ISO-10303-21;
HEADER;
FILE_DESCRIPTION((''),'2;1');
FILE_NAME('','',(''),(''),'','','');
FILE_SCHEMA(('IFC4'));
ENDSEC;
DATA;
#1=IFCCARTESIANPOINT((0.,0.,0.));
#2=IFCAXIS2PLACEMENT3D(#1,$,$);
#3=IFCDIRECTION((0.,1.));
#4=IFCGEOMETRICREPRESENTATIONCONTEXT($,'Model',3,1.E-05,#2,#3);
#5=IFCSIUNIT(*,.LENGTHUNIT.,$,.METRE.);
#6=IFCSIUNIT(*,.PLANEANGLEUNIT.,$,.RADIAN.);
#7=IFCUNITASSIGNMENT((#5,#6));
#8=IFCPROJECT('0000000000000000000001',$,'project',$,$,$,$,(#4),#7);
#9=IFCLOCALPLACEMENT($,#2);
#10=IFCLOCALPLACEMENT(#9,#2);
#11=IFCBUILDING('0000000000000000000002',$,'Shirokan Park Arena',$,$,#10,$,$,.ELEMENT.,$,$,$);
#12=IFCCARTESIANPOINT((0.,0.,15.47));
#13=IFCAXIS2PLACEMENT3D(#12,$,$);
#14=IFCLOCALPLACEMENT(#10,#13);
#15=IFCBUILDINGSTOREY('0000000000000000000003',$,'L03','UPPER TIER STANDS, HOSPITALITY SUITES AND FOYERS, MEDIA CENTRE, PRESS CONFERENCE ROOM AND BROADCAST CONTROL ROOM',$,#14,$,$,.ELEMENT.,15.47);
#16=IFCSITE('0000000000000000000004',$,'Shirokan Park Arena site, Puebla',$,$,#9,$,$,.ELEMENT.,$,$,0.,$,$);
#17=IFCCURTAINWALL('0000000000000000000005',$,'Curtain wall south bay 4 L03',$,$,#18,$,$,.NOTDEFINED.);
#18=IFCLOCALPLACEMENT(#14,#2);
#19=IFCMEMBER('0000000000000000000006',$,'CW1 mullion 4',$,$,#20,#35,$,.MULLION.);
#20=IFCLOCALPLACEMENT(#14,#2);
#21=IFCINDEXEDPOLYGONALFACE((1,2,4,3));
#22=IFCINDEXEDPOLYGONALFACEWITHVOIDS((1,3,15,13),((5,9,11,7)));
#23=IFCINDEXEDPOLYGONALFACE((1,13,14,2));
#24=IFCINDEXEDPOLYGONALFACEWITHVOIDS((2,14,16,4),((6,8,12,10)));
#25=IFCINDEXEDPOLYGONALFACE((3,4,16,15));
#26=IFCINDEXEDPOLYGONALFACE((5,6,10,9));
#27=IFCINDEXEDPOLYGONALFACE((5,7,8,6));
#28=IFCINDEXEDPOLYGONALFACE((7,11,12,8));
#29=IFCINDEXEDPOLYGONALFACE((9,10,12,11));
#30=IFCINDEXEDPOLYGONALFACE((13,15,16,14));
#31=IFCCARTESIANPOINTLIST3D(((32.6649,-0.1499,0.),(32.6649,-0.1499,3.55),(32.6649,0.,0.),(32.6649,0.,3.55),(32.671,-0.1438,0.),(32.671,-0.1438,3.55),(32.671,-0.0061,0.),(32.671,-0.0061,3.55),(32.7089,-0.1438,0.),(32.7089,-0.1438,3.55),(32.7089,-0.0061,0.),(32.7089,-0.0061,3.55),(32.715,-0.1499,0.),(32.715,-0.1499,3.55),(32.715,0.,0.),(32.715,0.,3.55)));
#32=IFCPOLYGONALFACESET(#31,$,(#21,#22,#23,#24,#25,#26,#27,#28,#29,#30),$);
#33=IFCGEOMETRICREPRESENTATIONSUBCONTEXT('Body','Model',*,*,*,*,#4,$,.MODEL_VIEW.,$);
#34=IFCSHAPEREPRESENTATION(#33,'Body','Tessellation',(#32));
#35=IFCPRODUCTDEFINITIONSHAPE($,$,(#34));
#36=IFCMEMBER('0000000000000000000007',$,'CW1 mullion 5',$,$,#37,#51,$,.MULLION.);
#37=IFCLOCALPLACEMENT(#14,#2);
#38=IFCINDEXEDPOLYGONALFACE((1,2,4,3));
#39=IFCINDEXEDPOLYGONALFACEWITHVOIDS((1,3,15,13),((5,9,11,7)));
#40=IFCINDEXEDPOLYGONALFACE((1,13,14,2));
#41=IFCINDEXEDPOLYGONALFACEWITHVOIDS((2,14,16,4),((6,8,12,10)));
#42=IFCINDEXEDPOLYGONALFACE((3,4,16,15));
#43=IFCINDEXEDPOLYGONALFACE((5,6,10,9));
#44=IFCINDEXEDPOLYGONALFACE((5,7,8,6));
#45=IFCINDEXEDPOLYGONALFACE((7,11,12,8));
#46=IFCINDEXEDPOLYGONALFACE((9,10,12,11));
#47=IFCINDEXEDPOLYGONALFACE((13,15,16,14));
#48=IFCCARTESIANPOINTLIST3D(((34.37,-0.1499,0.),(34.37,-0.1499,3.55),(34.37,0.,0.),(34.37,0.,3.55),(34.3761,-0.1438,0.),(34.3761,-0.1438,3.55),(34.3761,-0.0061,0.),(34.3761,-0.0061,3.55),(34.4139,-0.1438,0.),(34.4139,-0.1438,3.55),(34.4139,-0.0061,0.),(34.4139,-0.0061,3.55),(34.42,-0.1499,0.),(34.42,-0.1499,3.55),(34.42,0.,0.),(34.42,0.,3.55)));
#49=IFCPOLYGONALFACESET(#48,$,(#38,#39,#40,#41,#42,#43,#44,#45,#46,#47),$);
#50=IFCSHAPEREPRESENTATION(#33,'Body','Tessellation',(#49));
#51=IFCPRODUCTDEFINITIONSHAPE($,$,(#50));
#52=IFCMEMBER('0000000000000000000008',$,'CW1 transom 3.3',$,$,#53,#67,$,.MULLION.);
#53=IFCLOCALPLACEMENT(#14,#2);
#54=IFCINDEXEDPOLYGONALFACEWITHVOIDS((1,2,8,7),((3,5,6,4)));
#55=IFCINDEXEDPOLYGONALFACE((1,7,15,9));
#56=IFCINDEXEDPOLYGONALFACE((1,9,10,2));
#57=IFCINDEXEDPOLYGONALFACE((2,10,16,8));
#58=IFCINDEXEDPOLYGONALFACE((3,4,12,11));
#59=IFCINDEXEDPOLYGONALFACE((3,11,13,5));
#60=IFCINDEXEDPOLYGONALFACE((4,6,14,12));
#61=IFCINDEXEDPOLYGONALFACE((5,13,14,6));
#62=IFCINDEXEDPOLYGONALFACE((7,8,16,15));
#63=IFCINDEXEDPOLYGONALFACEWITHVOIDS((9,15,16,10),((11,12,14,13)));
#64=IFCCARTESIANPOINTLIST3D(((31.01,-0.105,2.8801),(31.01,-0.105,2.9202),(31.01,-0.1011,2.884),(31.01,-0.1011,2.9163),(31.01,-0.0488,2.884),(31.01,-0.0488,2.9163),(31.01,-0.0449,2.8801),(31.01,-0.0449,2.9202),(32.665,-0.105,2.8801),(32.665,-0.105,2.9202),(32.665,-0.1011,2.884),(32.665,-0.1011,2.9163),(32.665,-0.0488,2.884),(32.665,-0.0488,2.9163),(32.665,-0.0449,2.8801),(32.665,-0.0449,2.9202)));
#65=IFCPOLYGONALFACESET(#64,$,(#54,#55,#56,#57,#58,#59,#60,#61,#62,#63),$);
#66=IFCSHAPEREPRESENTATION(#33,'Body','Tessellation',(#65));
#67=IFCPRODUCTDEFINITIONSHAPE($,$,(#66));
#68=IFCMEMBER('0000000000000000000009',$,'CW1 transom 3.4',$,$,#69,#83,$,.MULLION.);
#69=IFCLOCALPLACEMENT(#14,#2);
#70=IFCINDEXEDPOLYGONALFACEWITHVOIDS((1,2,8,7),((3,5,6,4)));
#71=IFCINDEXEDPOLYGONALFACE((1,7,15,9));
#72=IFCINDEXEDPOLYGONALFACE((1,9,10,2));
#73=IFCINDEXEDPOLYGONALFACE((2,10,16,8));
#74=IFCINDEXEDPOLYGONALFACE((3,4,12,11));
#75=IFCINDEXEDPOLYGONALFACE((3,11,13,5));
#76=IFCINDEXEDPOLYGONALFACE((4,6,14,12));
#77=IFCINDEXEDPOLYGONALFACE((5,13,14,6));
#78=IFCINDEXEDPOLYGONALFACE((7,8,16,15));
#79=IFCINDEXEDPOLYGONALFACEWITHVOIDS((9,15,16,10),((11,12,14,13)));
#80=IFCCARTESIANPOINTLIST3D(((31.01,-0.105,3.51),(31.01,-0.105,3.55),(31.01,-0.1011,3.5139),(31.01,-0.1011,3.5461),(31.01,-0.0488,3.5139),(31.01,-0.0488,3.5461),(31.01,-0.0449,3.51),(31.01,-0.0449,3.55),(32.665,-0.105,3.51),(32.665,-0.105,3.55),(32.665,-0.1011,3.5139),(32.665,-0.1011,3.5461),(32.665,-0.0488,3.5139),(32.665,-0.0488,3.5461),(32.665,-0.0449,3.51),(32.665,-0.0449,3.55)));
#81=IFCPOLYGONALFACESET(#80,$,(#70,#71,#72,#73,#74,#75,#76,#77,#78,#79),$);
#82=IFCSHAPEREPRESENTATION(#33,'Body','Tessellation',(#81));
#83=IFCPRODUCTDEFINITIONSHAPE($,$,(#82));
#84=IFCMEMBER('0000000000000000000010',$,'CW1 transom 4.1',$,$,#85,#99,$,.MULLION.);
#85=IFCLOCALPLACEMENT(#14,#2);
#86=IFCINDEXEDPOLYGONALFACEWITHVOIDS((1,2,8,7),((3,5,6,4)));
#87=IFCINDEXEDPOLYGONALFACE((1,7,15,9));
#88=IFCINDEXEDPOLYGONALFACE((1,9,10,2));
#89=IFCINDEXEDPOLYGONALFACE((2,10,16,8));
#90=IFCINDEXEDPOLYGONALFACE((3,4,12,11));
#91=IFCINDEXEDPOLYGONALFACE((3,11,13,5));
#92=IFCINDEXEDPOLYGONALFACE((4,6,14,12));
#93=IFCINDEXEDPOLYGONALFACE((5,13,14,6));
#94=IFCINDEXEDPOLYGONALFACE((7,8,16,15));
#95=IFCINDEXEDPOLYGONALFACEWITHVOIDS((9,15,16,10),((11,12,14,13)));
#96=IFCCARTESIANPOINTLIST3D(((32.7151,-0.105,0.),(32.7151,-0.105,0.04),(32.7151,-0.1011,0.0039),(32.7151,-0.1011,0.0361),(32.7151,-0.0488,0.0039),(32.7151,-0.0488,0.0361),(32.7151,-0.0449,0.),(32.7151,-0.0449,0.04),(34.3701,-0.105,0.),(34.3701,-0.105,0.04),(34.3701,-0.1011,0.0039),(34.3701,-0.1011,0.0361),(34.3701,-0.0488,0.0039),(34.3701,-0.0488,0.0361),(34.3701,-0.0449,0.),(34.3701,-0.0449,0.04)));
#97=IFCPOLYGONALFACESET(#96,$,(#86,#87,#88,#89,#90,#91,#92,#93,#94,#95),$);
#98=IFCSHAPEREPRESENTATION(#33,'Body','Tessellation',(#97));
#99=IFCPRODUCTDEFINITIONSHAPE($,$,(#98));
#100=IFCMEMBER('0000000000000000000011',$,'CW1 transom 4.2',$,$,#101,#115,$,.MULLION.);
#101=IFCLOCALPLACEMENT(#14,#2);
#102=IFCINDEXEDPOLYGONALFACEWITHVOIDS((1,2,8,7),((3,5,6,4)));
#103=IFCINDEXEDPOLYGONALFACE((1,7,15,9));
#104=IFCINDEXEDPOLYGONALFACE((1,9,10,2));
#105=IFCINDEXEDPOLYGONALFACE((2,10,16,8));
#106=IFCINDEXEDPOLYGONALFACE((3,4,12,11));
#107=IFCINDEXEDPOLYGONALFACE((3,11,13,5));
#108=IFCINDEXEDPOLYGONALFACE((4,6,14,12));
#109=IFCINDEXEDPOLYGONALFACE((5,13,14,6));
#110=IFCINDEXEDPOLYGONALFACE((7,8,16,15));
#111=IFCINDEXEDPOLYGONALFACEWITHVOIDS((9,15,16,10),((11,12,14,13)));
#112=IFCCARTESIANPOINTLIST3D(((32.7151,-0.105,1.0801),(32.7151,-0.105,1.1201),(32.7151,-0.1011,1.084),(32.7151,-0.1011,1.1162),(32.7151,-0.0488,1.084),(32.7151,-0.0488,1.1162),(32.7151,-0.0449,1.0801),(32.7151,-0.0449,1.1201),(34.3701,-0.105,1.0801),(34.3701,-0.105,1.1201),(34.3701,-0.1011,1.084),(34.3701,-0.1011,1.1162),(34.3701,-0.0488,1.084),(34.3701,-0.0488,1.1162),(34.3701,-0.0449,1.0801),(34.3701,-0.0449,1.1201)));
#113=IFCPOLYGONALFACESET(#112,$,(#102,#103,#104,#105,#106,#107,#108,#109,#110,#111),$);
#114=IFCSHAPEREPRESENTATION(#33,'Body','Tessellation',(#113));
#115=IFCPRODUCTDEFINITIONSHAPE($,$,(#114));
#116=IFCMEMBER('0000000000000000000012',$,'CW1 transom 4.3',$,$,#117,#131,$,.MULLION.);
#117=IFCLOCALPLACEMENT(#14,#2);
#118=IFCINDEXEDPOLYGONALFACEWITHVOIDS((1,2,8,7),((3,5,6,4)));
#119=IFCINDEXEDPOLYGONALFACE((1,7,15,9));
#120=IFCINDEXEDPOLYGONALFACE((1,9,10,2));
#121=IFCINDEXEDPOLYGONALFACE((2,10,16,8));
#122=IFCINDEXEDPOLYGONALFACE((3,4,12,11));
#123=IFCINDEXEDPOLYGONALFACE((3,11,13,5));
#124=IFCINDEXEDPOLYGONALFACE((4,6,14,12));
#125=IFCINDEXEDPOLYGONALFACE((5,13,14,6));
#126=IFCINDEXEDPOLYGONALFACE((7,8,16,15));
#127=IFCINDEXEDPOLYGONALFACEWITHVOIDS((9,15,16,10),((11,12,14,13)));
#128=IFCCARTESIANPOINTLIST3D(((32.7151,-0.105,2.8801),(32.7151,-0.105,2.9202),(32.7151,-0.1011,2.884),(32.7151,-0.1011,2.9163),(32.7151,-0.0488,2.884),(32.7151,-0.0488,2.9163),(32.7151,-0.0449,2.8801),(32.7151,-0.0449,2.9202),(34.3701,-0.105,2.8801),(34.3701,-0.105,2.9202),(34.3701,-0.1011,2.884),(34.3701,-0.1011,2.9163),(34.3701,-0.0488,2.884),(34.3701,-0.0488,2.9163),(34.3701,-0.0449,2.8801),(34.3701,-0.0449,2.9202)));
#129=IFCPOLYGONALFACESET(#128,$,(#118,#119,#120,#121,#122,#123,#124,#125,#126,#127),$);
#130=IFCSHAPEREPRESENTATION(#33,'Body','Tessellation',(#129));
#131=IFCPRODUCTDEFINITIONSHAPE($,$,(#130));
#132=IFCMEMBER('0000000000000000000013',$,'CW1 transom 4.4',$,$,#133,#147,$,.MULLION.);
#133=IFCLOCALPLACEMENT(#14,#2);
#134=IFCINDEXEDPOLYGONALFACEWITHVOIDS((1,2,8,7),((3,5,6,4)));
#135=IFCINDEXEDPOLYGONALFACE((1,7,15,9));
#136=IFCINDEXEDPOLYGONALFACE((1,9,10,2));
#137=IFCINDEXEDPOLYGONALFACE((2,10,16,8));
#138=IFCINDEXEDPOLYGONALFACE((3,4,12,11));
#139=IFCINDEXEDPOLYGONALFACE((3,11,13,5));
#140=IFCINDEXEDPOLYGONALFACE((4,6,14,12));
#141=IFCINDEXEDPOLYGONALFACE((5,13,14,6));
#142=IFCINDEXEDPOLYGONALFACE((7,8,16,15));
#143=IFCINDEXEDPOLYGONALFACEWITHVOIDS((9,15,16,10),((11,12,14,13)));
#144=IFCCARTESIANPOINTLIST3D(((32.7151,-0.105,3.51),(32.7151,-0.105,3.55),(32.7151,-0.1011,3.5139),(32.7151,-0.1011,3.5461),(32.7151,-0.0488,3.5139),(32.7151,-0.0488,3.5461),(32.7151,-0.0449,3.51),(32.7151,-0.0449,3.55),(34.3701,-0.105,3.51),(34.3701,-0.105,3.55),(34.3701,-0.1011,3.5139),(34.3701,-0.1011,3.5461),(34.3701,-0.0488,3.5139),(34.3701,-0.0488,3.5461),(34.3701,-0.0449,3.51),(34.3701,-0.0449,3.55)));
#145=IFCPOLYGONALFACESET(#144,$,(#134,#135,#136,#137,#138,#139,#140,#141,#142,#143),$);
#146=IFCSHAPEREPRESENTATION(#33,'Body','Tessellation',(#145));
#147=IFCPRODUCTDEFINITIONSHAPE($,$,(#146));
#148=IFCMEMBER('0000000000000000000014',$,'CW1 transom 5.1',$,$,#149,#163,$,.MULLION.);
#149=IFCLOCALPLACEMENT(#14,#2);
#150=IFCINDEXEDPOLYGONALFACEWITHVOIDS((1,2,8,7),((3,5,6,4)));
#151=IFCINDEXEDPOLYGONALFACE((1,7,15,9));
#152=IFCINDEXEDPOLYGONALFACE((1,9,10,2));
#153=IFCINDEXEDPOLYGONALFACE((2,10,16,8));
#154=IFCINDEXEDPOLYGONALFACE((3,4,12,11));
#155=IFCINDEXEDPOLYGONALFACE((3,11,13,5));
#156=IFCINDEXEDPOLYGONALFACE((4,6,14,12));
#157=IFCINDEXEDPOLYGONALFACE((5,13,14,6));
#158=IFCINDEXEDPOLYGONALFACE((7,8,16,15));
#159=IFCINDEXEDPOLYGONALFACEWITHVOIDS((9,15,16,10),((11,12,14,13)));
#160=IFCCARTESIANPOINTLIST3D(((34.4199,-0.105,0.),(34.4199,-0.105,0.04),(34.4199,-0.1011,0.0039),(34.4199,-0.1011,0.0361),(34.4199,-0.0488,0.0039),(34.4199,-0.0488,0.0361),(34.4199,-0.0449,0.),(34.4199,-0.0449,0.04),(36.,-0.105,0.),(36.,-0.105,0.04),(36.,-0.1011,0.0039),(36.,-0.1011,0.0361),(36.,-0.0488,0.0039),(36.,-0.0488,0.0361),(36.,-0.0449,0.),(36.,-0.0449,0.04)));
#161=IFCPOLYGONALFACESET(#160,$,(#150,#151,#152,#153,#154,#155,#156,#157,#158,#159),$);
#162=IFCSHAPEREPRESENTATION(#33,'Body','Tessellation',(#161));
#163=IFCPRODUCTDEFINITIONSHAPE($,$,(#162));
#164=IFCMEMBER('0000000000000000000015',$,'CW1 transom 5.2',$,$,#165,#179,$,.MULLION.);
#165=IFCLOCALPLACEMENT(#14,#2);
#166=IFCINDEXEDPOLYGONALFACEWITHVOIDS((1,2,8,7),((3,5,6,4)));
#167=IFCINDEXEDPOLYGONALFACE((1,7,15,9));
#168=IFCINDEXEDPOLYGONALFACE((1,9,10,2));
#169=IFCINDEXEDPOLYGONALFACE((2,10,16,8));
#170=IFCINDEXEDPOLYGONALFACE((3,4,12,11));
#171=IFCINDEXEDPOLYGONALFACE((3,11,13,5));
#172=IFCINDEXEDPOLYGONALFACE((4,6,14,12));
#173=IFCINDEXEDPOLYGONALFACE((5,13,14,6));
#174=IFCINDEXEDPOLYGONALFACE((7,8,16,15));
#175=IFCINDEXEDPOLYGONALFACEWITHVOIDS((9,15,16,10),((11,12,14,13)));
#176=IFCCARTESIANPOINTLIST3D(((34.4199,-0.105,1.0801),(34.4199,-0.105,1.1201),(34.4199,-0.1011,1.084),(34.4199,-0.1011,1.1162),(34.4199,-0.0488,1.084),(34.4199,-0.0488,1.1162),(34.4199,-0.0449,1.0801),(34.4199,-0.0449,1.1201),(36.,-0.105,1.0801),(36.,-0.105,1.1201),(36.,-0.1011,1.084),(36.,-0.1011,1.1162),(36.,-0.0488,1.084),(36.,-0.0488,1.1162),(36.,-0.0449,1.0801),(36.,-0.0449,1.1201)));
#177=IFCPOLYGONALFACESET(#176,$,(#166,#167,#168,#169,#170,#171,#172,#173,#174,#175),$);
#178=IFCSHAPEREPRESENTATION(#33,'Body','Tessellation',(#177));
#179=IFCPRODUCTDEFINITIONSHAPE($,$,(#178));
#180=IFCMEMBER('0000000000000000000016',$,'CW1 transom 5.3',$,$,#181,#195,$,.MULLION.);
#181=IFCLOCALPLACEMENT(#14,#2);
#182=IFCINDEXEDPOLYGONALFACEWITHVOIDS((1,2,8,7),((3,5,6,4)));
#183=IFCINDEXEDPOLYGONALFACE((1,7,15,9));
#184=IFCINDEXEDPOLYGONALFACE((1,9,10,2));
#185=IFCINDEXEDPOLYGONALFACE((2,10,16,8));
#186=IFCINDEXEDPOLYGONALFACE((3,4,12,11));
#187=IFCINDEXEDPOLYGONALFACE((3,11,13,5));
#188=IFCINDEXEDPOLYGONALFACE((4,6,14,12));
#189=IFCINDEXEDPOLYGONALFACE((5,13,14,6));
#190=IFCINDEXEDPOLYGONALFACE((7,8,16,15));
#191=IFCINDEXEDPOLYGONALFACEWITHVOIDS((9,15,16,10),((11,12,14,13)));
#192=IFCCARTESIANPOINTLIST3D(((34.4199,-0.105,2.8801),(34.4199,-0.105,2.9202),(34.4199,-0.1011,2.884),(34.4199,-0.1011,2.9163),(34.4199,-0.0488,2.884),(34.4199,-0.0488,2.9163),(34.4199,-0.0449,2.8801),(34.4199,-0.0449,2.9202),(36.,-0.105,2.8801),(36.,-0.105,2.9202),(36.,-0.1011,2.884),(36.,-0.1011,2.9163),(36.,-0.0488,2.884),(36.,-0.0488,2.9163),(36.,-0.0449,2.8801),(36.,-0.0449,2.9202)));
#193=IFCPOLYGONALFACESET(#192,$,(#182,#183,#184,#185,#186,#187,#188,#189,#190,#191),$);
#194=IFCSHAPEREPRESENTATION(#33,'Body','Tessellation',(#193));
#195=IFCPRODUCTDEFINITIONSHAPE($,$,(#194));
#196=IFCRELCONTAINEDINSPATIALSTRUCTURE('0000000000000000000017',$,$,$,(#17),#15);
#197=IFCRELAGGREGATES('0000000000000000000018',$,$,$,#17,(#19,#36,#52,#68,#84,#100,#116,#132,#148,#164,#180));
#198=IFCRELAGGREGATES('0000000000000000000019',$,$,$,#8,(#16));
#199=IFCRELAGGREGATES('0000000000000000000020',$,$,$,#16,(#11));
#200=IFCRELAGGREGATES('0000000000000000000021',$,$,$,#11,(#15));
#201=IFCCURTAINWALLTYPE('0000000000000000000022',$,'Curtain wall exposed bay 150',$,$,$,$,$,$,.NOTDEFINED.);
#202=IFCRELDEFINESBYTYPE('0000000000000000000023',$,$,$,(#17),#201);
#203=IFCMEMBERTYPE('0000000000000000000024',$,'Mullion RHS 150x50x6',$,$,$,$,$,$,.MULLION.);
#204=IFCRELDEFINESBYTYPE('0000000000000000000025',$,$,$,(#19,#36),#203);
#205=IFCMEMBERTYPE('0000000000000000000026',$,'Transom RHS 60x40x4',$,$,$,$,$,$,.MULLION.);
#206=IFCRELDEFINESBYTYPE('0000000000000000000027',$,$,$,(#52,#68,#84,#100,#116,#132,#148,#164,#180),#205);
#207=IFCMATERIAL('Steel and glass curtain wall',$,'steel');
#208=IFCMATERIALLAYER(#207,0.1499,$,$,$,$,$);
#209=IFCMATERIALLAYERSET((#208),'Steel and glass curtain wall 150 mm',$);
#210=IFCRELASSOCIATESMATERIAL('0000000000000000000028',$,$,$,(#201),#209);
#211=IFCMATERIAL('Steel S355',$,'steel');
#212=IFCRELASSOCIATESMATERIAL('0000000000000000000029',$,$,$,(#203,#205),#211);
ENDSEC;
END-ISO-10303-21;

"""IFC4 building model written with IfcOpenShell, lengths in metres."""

from ifc_helpers import new_model, si_unit, direction, frame, origin, origin_2d, place, context, subcontext, project, spatial, hollow_rectangle, extrude, material, layer, layer_set, material_profile, profile_set, type_object, element, aggregate, save


model = new_model("IFC4")

# Units and contexts
model_context = context("Model", 3, precision=1e-05, world=origin(), true_north=direction((0.0, 1.0)))
body_context = subcontext(model_context, "Body", "Model", "MODEL_VIEW")
ifc_project = project(units=[si_unit("LENGTHUNIT", "METRE"), si_unit("PLANEANGLEUNIT", "RADIAN")], contexts=[model_context])

# Site, building, storey
site_placement = place(None, origin())
site = spatial("IfcSite", under=ifc_project, at=site_placement, Name="Shirokan Park Arena site, Puebla", CompositionType="ELEMENT", RefElevation=0.0)
building_placement = place(site_placement, origin())
building = spatial("IfcBuilding", under=site, at=building_placement, Name="Shirokan Park Arena", CompositionType="ELEMENT")
storey_placement = place(building_placement, frame((0.0, 0.0, 15.47)))
storey = spatial("IfcBuildingStorey", under=building, at=storey_placement, Name="L03", Description="UPPER TIER STANDS, HOSPITALITY SUITES AND FOYERS, MEDIA CENTRE, PRESS CONFERENCE ROOM AND BROADCAST CONTROL ROOM", CompositionType="ELEMENT", Elevation=15.47)

# Curtain wall, members
ifc_material_1 = material(Name="Steel and glass curtain wall", Category="steel")
ifc_layer_1 = layer(ifc_material_1, 0.1499)
ifc_layer_set_1 = layer_set([ifc_layer_1], Name="Steel and glass curtain wall 150 mm")
curtain_wall_type = type_object("IfcCurtainWallType", Name="Curtain wall exposed bay 150", PredefinedType="NOTDEFINED", material=ifc_layer_set_1)
curtain_wall_placement = place(storey_placement, origin())
curtain_wall = element("IfcCurtainWall", 1, at=curtain_wall_placement, inside=storey, type_object=curtain_wall_type, Name="Curtain wall south bay 4 L03", PredefinedType="NOTDEFINED")
ifc_material_2 = material(Name="Steel S355", Category="steel")
ifc_material_profile_1 = material_profile(ifc_material_2, hollow_rectangle(XDim=0.1499, YDim=0.05, WallThickness=0.0061, at=origin_2d()), Name="RHS 150x50x6")
ifc_profile_set_1 = profile_set([ifc_material_profile_1], Name="Steel S355")
member_type_1 = type_object("IfcMemberType", Name="Mullion RHS 150x50x6", PredefinedType="MULLION", material=ifc_profile_set_1)
member_1_placement = place(storey_placement, frame((32.6899, -0.075, 0.0), z_axis=(0.0, 0.0, 1.0), x_axis=(0.0, 1.0, 0.0)))
member_1 = element("IfcMember", 2, at=member_1_placement, type_object=member_type_1, Name="CW1 mullion 4", PredefinedType="MULLION", context=body_context, shape_type="SweptSolid", body=[
    extrude(hollow_rectangle(XDim=0.1499, YDim=0.05, WallThickness=0.0061, at=origin_2d()), origin(), (0.0, 0.0, 1.0), 3.55),
])
member_2_placement = place(storey_placement, frame((34.395, -0.075, 0.0), z_axis=(0.0, 0.0, 1.0), x_axis=(0.0, 1.0, 0.0)))
member_2 = element("IfcMember", 3, at=member_2_placement, type_object=member_type_1, Name="CW1 mullion 5", PredefinedType="MULLION", context=body_context, shape_type="SweptSolid", body=[
    extrude(hollow_rectangle(XDim=0.1499, YDim=0.05, WallThickness=0.0061, at=origin_2d()), origin(), (0.0, 0.0, 1.0), 3.55),
])
ifc_material_profile_2 = material_profile(ifc_material_2, hollow_rectangle(XDim=0.0601, YDim=0.04, WallThickness=0.0039, at=origin_2d()), Name="RHS 60x40x4")
ifc_profile_set_2 = profile_set([ifc_material_profile_2], Name="Steel S355")
member_type_2 = type_object("IfcMemberType", Name="Transom RHS 60x40x4", PredefinedType="MULLION", material=ifc_profile_set_2)
member_3_placement = place(storey_placement, frame((31.01, -0.075, 2.9001), z_axis=(1.0, 0.0, 0.0), x_axis=(0.0, 1.0, 0.0)))
member_3 = element("IfcMember", 4, at=member_3_placement, type_object=member_type_2, Name="CW1 transom 3.3", PredefinedType="MULLION", context=body_context, shape_type="SweptSolid", body=[
    extrude(hollow_rectangle(XDim=0.0601, YDim=0.04, WallThickness=0.0039, at=origin_2d()), origin(), (0.0, 0.0, 1.0), 1.655),
])
member_4_placement = place(storey_placement, frame((31.01, -0.075, 3.53), z_axis=(1.0, 0.0, 0.0), x_axis=(0.0, 1.0, 0.0)))
member_4 = element("IfcMember", 5, at=member_4_placement, type_object=member_type_2, Name="CW1 transom 3.4", PredefinedType="MULLION", context=body_context, shape_type="SweptSolid", body=[
    extrude(hollow_rectangle(XDim=0.0601, YDim=0.04, WallThickness=0.0039, at=origin_2d()), origin(), (0.0, 0.0, 1.0), 1.655),
])
member_5_placement = place(storey_placement, frame((32.7151, -0.075, 0.02), z_axis=(1.0, 0.0, 0.0), x_axis=(0.0, 1.0, 0.0)))
member_5 = element("IfcMember", 6, at=member_5_placement, type_object=member_type_2, Name="CW1 transom 4.1", PredefinedType="MULLION", context=body_context, shape_type="SweptSolid", body=[
    extrude(hollow_rectangle(XDim=0.0601, YDim=0.04, WallThickness=0.0039, at=origin_2d()), origin(), (0.0, 0.0, 1.0), 1.655),
])
member_6_placement = place(storey_placement, frame((32.7151, -0.075, 1.1001), z_axis=(1.0, 0.0, 0.0), x_axis=(0.0, 1.0, 0.0)))
member_6 = element("IfcMember", 7, at=member_6_placement, type_object=member_type_2, Name="CW1 transom 4.2", PredefinedType="MULLION", context=body_context, shape_type="SweptSolid", body=[
    extrude(hollow_rectangle(XDim=0.0601, YDim=0.04, WallThickness=0.0039, at=origin_2d()), origin(), (0.0, 0.0, 1.0), 1.655),
])
member_7_placement = place(storey_placement, frame((32.7151, -0.075, 2.9001), z_axis=(1.0, 0.0, 0.0), x_axis=(0.0, 1.0, 0.0)))
member_7 = element("IfcMember", 8, at=member_7_placement, type_object=member_type_2, Name="CW1 transom 4.3", PredefinedType="MULLION", context=body_context, shape_type="SweptSolid", body=[
    extrude(hollow_rectangle(XDim=0.0601, YDim=0.04, WallThickness=0.0039, at=origin_2d()), origin(), (0.0, 0.0, 1.0), 1.655),
])
member_8_placement = place(storey_placement, frame((32.7151, -0.075, 3.53), z_axis=(1.0, 0.0, 0.0), x_axis=(0.0, 1.0, 0.0)))
member_8 = element("IfcMember", 9, at=member_8_placement, type_object=member_type_2, Name="CW1 transom 4.4", PredefinedType="MULLION", context=body_context, shape_type="SweptSolid", body=[
    extrude(hollow_rectangle(XDim=0.0601, YDim=0.04, WallThickness=0.0039, at=origin_2d()), origin(), (0.0, 0.0, 1.0), 1.655),
])
member_9_placement = place(storey_placement, frame((34.4199, -0.075, 0.02), z_axis=(1.0, 0.0, 0.0), x_axis=(0.0, 1.0, 0.0)))
member_9 = element("IfcMember", 10, at=member_9_placement, type_object=member_type_2, Name="CW1 transom 5.1", PredefinedType="MULLION", context=body_context, shape_type="SweptSolid", body=[
    extrude(hollow_rectangle(XDim=0.0601, YDim=0.04, WallThickness=0.0039, at=origin_2d()), origin(), (0.0, 0.0, 1.0), 1.5801),
])
member_10_placement = place(storey_placement, frame((34.4199, -0.075, 1.1001), z_axis=(1.0, 0.0, 0.0), x_axis=(0.0, 1.0, 0.0)))
member_10 = element("IfcMember", 11, at=member_10_placement, type_object=member_type_2, Name="CW1 transom 5.2", PredefinedType="MULLION", context=body_context, shape_type="SweptSolid", body=[
    extrude(hollow_rectangle(XDim=0.0601, YDim=0.04, WallThickness=0.0039, at=origin_2d()), origin(), (0.0, 0.0, 1.0), 1.5801),
])
member_11_placement = place(storey_placement, frame((34.4199, -0.075, 2.9001), z_axis=(1.0, 0.0, 0.0), x_axis=(0.0, 1.0, 0.0)))
member_11 = element("IfcMember", 12, at=member_11_placement, type_object=member_type_2, Name="CW1 transom 5.3", PredefinedType="MULLION", context=body_context, shape_type="SweptSolid", body=[
    extrude(hollow_rectangle(XDim=0.0601, YDim=0.04, WallThickness=0.0039, at=origin_2d()), origin(), (0.0, 0.0, 1.0), 1.5801),
])
aggregate(curtain_wall, [member_1, member_2, member_3, member_4, member_5, member_6, member_7, member_8, member_9, member_10, member_11])

save(model, "model.ifc")
